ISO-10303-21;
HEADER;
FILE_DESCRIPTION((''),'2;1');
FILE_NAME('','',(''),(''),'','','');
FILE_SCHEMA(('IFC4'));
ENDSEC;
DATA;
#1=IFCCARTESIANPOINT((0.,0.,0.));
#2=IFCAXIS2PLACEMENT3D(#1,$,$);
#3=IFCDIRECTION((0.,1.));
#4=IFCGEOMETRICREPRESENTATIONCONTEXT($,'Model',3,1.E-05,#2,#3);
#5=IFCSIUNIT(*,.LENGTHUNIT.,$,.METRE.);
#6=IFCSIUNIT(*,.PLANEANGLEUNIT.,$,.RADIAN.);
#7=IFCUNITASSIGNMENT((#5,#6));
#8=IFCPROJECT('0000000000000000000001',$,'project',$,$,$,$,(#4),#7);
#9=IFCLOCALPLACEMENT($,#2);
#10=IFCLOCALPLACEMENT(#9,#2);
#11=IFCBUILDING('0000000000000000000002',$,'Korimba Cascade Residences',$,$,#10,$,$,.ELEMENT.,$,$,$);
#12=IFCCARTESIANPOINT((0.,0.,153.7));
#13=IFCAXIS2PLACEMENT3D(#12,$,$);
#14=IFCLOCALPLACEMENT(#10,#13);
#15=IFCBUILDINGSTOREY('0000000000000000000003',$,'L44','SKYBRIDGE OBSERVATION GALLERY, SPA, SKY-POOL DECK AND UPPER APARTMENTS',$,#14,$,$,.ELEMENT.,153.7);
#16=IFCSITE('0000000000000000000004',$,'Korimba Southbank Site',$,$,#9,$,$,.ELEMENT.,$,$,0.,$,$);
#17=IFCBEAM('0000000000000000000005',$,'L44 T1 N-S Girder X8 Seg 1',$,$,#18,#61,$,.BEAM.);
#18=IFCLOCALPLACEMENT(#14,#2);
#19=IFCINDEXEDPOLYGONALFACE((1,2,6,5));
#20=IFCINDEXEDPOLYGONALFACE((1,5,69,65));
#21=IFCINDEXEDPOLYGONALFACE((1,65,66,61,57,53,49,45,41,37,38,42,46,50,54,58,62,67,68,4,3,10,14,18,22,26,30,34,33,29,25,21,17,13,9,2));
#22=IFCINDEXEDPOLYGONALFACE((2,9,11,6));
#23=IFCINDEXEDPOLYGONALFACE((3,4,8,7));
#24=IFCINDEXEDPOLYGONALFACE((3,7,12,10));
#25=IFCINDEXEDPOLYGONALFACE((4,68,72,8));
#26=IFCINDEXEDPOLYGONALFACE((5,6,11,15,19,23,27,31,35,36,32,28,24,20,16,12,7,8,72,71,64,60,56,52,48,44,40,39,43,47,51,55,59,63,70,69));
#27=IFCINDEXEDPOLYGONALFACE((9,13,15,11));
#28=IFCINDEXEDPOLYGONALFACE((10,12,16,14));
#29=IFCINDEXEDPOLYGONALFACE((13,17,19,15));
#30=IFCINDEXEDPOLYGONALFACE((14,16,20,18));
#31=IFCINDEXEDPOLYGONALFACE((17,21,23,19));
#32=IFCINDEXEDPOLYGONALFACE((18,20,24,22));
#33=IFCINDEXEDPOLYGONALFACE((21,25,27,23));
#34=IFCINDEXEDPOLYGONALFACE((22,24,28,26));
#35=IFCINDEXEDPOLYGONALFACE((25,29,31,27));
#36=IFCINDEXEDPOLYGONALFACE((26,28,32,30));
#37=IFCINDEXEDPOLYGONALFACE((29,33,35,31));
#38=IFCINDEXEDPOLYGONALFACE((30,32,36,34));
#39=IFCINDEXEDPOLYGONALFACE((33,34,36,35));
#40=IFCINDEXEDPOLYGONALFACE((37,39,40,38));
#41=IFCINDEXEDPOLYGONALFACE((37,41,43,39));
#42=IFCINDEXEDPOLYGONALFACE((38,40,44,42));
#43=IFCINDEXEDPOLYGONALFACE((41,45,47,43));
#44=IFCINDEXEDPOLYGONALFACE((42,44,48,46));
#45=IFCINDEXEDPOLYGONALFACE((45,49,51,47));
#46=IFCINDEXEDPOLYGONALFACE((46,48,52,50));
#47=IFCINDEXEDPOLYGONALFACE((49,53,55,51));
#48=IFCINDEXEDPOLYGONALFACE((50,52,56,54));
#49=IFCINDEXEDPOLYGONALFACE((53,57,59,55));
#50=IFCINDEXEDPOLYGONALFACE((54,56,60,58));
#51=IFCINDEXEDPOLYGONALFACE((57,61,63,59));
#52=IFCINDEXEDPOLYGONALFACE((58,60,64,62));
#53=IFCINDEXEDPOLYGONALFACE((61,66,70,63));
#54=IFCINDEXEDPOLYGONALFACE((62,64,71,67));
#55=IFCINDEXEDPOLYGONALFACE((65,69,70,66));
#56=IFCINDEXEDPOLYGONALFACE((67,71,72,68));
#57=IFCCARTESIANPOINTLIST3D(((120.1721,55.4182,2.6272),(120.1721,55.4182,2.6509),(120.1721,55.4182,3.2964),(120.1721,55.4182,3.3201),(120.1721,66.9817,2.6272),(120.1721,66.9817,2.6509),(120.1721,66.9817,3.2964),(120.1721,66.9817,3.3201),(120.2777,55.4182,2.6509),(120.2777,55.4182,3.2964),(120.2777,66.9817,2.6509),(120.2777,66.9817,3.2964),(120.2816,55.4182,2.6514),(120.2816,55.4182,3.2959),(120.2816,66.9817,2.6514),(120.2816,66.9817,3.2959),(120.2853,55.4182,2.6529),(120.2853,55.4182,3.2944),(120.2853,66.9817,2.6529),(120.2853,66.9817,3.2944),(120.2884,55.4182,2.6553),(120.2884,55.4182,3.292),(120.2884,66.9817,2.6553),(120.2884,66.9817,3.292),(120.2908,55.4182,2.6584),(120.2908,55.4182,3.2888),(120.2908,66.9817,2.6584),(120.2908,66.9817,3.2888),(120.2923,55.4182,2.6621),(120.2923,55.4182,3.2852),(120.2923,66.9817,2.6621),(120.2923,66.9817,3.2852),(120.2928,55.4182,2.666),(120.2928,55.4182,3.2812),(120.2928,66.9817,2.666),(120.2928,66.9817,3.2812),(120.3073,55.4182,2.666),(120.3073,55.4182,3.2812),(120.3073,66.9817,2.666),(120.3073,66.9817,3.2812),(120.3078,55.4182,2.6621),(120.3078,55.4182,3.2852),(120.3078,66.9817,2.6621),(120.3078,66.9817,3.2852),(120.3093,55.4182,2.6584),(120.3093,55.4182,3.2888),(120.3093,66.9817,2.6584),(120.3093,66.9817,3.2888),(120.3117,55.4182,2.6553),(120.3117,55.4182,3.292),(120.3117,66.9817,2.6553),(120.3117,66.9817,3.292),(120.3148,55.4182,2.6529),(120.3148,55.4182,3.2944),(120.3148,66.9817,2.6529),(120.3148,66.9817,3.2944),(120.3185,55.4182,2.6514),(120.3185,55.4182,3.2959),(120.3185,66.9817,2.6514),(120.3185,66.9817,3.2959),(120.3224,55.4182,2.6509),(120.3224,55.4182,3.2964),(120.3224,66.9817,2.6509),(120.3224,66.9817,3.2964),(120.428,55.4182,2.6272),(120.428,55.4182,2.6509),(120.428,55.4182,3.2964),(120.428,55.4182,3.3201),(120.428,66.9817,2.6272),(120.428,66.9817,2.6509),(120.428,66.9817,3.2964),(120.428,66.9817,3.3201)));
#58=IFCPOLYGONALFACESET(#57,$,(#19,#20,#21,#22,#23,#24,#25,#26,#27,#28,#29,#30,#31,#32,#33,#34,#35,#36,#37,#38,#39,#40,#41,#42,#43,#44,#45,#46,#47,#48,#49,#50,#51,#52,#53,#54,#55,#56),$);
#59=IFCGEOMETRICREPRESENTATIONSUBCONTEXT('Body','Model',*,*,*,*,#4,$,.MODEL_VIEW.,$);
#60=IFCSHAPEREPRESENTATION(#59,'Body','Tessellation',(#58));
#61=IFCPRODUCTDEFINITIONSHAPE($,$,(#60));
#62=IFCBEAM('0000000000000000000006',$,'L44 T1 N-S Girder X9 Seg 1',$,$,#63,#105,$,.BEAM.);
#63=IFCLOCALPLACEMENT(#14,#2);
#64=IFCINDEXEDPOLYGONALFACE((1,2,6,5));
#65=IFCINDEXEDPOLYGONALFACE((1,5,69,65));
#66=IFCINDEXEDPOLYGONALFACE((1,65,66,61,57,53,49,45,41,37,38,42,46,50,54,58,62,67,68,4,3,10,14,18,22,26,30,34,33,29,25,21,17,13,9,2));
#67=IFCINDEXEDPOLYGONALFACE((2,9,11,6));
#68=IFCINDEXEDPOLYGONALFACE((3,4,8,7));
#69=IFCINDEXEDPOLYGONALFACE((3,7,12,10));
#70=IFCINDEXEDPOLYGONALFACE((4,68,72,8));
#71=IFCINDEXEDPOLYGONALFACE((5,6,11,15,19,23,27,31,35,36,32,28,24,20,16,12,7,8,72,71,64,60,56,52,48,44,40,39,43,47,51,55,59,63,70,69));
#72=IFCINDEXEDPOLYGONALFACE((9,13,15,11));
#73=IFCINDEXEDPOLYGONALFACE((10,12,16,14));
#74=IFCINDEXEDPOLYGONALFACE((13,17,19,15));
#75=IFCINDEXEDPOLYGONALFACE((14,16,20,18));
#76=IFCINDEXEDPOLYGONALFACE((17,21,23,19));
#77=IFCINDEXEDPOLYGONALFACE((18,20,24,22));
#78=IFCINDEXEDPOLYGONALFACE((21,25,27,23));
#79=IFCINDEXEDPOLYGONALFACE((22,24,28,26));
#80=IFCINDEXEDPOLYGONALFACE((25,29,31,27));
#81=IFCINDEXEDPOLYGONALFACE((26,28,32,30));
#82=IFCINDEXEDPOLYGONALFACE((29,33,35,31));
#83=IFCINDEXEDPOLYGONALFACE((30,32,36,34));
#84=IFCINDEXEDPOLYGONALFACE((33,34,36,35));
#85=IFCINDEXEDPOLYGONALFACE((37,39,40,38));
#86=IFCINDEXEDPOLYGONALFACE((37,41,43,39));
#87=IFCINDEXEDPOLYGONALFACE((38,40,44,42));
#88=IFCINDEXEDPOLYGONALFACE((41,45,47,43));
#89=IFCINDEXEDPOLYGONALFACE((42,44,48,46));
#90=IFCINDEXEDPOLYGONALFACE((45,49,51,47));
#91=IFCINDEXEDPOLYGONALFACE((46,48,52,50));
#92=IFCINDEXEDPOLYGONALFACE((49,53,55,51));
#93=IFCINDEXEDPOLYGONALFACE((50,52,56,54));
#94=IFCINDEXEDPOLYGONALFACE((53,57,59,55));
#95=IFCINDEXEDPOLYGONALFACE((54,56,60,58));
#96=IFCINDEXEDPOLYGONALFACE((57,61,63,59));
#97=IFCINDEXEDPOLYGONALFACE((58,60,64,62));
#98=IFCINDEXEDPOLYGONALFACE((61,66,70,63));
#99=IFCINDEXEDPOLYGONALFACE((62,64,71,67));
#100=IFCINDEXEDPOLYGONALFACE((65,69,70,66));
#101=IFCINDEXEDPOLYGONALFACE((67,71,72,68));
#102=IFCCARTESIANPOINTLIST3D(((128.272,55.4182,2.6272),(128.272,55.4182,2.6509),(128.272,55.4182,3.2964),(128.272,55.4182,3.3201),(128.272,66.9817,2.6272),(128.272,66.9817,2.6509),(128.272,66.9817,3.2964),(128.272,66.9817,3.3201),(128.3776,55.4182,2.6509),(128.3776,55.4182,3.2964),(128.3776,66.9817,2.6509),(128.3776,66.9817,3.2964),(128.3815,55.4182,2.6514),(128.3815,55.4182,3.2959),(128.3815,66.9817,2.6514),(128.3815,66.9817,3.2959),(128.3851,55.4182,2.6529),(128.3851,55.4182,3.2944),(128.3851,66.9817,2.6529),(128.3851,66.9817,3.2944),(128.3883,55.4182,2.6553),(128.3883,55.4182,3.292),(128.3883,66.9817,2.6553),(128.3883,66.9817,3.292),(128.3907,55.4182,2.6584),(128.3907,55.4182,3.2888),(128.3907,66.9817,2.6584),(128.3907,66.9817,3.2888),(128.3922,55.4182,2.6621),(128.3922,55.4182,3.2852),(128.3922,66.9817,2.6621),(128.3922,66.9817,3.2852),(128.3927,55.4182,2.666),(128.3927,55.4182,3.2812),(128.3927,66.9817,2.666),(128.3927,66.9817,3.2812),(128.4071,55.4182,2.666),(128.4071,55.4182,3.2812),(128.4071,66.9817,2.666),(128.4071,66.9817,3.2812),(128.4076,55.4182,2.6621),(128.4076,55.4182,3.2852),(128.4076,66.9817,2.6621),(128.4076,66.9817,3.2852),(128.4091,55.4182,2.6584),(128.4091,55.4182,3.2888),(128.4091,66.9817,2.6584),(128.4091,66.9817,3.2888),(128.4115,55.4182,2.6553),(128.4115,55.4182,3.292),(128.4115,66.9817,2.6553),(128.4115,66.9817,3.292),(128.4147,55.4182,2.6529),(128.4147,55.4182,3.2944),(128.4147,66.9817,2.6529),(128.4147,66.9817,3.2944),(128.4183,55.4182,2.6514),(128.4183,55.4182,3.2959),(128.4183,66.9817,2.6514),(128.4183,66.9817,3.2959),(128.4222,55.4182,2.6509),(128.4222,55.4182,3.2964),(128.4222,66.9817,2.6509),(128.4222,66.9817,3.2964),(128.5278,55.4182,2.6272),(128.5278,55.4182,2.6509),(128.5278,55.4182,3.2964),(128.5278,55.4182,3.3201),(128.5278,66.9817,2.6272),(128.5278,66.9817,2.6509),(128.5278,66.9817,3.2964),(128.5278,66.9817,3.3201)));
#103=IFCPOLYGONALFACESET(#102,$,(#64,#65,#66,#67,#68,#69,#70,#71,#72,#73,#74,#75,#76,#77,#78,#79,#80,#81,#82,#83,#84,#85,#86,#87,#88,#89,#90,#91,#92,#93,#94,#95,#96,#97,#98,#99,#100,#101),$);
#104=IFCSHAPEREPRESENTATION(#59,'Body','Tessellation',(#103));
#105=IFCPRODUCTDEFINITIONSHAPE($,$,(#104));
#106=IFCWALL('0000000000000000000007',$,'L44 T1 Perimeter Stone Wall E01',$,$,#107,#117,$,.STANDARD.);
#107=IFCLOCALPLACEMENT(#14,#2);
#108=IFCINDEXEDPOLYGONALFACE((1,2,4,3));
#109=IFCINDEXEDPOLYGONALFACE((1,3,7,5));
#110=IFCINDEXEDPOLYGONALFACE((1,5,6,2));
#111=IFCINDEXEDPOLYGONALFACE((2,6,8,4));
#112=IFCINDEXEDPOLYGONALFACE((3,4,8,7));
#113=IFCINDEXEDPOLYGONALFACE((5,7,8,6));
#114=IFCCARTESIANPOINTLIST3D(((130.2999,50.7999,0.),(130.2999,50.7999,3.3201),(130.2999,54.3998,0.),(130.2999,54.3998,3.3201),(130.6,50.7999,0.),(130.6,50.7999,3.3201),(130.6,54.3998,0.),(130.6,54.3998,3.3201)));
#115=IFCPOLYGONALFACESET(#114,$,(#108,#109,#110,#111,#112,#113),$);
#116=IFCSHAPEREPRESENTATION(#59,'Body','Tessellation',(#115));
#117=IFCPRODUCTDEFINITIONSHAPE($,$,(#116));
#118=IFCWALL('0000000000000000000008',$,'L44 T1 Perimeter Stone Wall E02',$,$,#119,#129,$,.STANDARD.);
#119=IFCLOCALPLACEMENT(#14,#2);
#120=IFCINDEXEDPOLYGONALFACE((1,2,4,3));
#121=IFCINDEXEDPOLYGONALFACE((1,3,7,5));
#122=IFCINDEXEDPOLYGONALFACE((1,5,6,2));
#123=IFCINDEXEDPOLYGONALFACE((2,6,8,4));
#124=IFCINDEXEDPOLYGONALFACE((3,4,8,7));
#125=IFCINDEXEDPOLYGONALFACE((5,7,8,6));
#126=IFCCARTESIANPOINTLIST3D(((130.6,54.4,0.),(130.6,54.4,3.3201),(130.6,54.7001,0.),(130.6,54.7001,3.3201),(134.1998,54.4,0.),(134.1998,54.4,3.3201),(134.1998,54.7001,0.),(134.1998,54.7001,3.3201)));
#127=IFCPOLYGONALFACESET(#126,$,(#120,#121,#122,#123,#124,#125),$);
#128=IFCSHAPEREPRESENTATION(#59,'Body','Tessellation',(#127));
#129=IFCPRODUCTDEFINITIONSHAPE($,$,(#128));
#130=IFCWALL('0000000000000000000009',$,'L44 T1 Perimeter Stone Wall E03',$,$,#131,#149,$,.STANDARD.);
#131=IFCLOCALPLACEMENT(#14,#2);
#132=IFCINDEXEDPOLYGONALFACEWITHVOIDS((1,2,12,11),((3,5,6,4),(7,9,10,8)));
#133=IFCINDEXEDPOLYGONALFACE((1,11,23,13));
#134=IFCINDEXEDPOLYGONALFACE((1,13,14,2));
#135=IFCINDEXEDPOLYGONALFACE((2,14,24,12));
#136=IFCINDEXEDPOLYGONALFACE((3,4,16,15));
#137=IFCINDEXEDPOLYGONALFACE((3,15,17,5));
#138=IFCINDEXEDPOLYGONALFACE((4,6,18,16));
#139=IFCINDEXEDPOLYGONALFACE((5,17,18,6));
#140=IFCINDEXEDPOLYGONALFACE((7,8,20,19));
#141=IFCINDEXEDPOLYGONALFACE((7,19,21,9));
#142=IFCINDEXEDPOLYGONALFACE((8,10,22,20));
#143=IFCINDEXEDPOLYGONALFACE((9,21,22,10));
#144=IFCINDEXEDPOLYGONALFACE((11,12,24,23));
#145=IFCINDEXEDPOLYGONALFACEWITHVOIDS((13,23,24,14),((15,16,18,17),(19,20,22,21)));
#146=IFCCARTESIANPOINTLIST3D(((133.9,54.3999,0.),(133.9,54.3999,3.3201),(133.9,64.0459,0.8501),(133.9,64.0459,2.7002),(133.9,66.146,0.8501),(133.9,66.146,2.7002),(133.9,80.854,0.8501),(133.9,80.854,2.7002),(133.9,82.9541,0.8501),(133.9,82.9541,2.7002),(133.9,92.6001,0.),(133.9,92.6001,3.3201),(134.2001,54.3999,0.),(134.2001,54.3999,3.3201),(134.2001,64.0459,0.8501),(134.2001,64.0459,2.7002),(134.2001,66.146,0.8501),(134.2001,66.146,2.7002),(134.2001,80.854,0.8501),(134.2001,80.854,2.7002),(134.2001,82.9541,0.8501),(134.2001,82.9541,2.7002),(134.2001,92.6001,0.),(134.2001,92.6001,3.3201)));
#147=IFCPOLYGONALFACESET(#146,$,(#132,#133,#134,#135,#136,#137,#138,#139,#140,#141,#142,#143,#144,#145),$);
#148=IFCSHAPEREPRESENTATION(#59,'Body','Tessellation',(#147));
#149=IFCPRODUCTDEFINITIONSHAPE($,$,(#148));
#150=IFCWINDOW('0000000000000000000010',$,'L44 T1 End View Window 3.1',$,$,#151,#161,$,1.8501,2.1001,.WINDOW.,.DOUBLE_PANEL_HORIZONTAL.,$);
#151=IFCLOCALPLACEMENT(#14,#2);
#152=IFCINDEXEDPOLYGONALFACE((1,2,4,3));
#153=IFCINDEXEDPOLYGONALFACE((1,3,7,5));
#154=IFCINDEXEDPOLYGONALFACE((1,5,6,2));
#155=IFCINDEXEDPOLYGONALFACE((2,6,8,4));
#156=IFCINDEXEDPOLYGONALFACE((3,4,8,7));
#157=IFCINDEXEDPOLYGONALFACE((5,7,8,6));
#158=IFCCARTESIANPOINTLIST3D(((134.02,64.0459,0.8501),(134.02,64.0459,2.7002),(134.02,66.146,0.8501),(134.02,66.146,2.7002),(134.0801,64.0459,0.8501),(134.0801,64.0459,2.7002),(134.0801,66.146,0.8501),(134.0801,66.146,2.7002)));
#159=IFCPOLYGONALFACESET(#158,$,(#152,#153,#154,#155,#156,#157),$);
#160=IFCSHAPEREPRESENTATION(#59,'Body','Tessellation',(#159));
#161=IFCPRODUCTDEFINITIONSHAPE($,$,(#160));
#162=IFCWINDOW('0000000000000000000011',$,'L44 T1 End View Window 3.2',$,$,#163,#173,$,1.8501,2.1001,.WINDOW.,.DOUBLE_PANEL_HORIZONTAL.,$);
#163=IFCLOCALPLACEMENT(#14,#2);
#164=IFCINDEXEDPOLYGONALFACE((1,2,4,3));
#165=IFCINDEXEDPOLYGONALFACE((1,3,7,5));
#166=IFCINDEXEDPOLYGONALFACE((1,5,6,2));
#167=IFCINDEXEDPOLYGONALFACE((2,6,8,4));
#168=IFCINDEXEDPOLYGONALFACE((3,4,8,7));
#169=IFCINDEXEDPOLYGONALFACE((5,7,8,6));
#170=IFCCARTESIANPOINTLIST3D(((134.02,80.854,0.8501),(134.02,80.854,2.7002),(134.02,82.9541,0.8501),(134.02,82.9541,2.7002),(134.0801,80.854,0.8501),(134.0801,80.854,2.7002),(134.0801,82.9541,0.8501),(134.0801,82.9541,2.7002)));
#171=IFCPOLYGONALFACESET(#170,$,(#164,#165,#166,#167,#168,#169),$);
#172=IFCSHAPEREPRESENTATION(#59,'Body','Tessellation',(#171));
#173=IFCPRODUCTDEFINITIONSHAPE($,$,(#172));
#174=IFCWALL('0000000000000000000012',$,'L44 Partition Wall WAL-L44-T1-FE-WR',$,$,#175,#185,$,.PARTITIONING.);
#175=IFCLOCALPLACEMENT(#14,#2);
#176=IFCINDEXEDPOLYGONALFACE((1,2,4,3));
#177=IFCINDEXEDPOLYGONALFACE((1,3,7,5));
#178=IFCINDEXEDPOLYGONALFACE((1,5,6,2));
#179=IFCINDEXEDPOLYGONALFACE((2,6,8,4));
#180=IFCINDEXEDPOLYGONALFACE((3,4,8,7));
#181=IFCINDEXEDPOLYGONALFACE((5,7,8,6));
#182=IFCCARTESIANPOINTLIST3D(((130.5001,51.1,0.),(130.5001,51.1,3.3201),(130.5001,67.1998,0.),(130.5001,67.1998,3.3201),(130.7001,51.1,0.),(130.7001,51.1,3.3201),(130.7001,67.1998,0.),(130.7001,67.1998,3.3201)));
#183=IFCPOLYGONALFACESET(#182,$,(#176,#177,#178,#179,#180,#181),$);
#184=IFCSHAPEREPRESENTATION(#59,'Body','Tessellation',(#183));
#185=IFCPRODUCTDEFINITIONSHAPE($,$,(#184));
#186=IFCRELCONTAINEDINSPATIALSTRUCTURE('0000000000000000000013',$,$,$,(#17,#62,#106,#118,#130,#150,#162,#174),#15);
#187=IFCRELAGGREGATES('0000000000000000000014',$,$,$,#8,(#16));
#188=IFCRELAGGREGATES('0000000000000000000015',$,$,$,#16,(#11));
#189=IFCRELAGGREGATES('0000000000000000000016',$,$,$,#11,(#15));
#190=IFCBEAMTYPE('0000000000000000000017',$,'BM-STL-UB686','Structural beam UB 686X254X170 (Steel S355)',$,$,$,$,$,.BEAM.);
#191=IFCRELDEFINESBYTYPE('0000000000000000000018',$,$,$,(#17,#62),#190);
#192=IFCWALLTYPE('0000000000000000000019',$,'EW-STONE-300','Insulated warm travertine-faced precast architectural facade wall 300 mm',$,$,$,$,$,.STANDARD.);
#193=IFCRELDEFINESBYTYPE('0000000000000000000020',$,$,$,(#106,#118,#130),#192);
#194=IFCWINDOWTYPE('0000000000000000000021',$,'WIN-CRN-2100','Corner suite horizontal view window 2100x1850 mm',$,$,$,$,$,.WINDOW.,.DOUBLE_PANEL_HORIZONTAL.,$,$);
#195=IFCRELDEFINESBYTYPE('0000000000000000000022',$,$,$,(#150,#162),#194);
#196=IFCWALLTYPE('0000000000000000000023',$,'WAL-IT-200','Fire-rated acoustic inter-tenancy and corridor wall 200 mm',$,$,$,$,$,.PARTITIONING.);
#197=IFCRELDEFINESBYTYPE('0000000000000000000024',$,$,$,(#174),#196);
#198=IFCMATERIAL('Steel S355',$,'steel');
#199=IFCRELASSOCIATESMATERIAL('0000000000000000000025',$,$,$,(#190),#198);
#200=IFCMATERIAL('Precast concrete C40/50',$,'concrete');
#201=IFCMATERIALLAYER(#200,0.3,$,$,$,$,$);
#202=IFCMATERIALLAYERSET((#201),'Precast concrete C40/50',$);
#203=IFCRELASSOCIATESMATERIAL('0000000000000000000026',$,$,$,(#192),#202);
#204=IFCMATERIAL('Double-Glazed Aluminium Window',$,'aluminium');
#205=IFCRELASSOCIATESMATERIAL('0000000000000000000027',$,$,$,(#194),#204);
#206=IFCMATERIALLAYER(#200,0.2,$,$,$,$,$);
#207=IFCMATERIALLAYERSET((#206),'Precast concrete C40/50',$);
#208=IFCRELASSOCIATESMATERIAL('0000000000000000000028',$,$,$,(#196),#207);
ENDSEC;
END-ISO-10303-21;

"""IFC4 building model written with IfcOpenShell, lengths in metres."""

from ifc_helpers import new_model, si_unit, direction, frame, frame_2d, origin, origin_2d, place, context, subcontext, project, spatial, rectangle, i_section, extrude, material, layer, layer_set, material_profile, profile_set, type_object, element, fill, save


model = new_model("IFC4")

# Units and contexts
model_context = context("Model", 3, precision=1e-05, world=origin(), true_north=direction((0.0, 1.0)))
body_context = subcontext(model_context, "Body", "Model", "MODEL_VIEW")
ifc_project = project(units=[si_unit("LENGTHUNIT", "METRE"), si_unit("PLANEANGLEUNIT", "RADIAN")], contexts=[model_context])

# Site, building, storey
site_placement = place(None, origin())
site = spatial("IfcSite", under=ifc_project, at=site_placement, Name="Korimba Southbank Site", CompositionType="ELEMENT", RefElevation=0.0)
building_placement = place(site_placement, origin())
building = spatial("IfcBuilding", under=site, at=building_placement, Name="Korimba Cascade Residences", CompositionType="ELEMENT")
storey_placement = place(building_placement, frame((0.0, 0.0, 153.7)))
storey = spatial("IfcBuildingStorey", under=building, at=storey_placement, Name="L44", Description="SKYBRIDGE OBSERVATION GALLERY, SPA, SKY-POOL DECK AND UPPER APARTMENTS", CompositionType="ELEMENT", Elevation=153.7)

# Beams
ifc_material_1 = material(Name="Steel S355", Category="steel")
ifc_material_profile_1 = material_profile(ifc_material_1, i_section(OverallWidth=0.2559, OverallDepth=0.6929, WebThickness=0.0144, FlangeThickness=0.0237, FilletRadius=0.0151, at=origin_2d()), Name="Steel S355")
ifc_profile_set_1 = profile_set([ifc_material_profile_1], Name="Steel S355")
beam_type_1 = type_object("IfcBeamType", Name="BM-STL-UB686", Description="Structural beam UB 686X254X170 (Steel S355)", PredefinedType="BEAM", material=ifc_profile_set_1)
for number, where, z_axis, x_axis, name in (
    (1, (120.3, 55.4182, 2.9736), (0.0, 1.0, 0.0), (-1.0, 0.0, 0.0), "L44 T1 N-S Girder X8 Seg 1"),
    (2, (128.3999, 55.4182, 2.9736), (0.0, 1.0, 0.0), (-1.0, 0.0, 0.0), "L44 T1 N-S Girder X9 Seg 1"),
):
    element("IfcBeam", number, at=place(storey_placement, frame(where, z_axis=z_axis, x_axis=x_axis)), inside=storey, type_object=beam_type_1, Name=name, PredefinedType="BEAM", context=body_context, shape_type="SweptSolid", body=[
        extrude(i_section(OverallWidth=0.2559, OverallDepth=0.6929, WebThickness=0.0144, FlangeThickness=0.0237, FilletRadius=0.0151, at=origin_2d()), origin(), (0.0, 0.0, 1.0), 11.5635),
    ])

# Walls
ifc_material_2 = material(Name="Precast concrete C40/50", Category="concrete")
ifc_layer_1 = layer(ifc_material_2, 0.3)
ifc_layer_set_1 = layer_set([ifc_layer_1], Name="Precast concrete C40/50")
wall_type_1 = type_object("IfcWallType", Name="EW-STONE-300", Description="Insulated warm travertine-faced precast architectural facade wall 300 mm", PredefinedType="STANDARD", material=ifc_layer_set_1)
for number, where, z_axis, x_axis, name in (
    (3, (130.45, 50.8, 0.0), (0.0, 0.0, 1.0), (0.0, 1.0, 0.0), "L44 T1 Perimeter Stone Wall E01"),
    (4, (130.6001, 54.55, 0.0), (0.0, 0.0, 1.0), (1.0, 0.0, 0.0), "L44 T1 Perimeter Stone Wall E02"),
):
    element("IfcWall", number, at=place(storey_placement, frame(where, z_axis=z_axis, x_axis=x_axis)), inside=storey, type_object=wall_type_1, Name=name, PredefinedType="STANDARD", context=body_context, shape_type="SweptSolid", body=[
        extrude(rectangle(XDim=3.5999, YDim=0.3, at=frame_2d((1.7998, 0.0))), origin(), (0.0, 0.0, 1.0), 3.3201),
    ])

# Wall, openings, windows
wall_1_placement = place(storey_placement, frame((134.05, 54.3999, 0.0), z_axis=(0.0, 0.0, 1.0), x_axis=(0.0, 1.0, 0.0)))
wall_1 = element("IfcWall", 5, at=wall_1_placement, inside=storey, type_object=wall_type_1, Name="L44 T1 Perimeter Stone Wall E03", PredefinedType="STANDARD", context=body_context, shape_type="SweptSolid", body=[
    extrude(rectangle(XDim=38.2002, YDim=0.3, at=frame_2d((19.1001, 0.0))), origin(), (0.0, 0.0, 1.0), 3.3201),
])
opening_1_placement = place(wall_1_placement, frame((9.646, 0.0, 0.8501)))
opening_1 = element("IfcOpeningElement", 6, at=opening_1_placement, cuts=wall_1, PredefinedType="OPENING", context=body_context, shape_type="SweptSolid", body=[
    extrude(rectangle(XDim=2.1001, YDim=1.8501, at=frame_2d((1.05, 0.925))), frame((0.0, 0.1602, 0.0), z_axis=(0.0, -1.0, 0.0), x_axis=(1.0, 0.0, 0.0)), (0.0, 0.0, 1.0), 0.3201),
])
opening_2_placement = place(wall_1_placement, frame((26.4541, 0.0, 0.8501)))
opening_2 = element("IfcOpeningElement", 7, at=opening_2_placement, cuts=wall_1, PredefinedType="OPENING", context=body_context, shape_type="SweptSolid", body=[
    extrude(rectangle(XDim=2.1001, YDim=1.8501, at=frame_2d((1.05, 0.925))), frame((0.0, 0.1602, 0.0), z_axis=(0.0, -1.0, 0.0), x_axis=(1.0, 0.0, 0.0)), (0.0, 0.0, 1.0), 0.3201),
])
ifc_material_3 = material(Name="Double-Glazed Aluminium Window", Category="aluminium")
window_type = type_object("IfcWindowType", Name="WIN-CRN-2100", Description="Corner suite horizontal view window 2100x1850 mm", PartitioningType="DOUBLE_PANEL_HORIZONTAL", PredefinedType="WINDOW", material=ifc_material_3)
window_1_placement = place(opening_1_placement, origin())
window_1 = element("IfcWindow", 8, at=window_1_placement, inside=storey, type_object=window_type, Name="L44 T1 End View Window 3.1", OverallHeight=1.8501, OverallWidth=2.1001, PartitioningType="DOUBLE_PANEL_HORIZONTAL", PredefinedType="WINDOW", context=body_context, shape_type="SweptSolid", body=[
    extrude(rectangle(XDim=2.1001, YDim=1.8501, at=frame_2d((1.05, 0.925))), frame((0.0, 0.03, 0.0), z_axis=(0.0, -1.0, 0.0), x_axis=(1.0, 0.0, 0.0)), (0.0, 0.0, 1.0), 0.0601),
])
fill(opening_1, window_1)
window_2_placement = place(opening_2_placement, origin())
window_2 = element("IfcWindow", 9, at=window_2_placement, inside=storey, type_object=window_type, Name="L44 T1 End View Window 3.2", OverallHeight=1.8501, OverallWidth=2.1001, PartitioningType="DOUBLE_PANEL_HORIZONTAL", PredefinedType="WINDOW", context=body_context, shape_type="SweptSolid", body=[
    extrude(rectangle(XDim=2.1001, YDim=1.8501, at=frame_2d((1.05, 0.925))), frame((0.0, 0.03, 0.0), z_axis=(0.0, -1.0, 0.0), x_axis=(1.0, 0.0, 0.0)), (0.0, 0.0, 1.0), 0.0601),
])
fill(opening_2, window_2)

# Wall
ifc_layer_2 = layer(ifc_material_2, 0.2)
ifc_layer_set_2 = layer_set([ifc_layer_2], Name="Precast concrete C40/50")
wall_type_2 = type_object("IfcWallType", Name="WAL-IT-200", Description="Fire-rated acoustic inter-tenancy and corridor wall 200 mm", PredefinedType="PARTITIONING", material=ifc_layer_set_2)
wall_2_placement = place(storey_placement, frame((130.6001, 51.1001, 0.0), z_axis=(0.0, 0.0, 1.0), x_axis=(0.0, 1.0, 0.0)))
element("IfcWall", 10, at=wall_2_placement, inside=storey, type_object=wall_type_2, Name="L44 Partition Wall WAL-L44-T1-FE-WR", PredefinedType="PARTITIONING", context=body_context, shape_type="SweptSolid", body=[
    extrude(rectangle(XDim=16.0999, YDim=0.2, at=frame_2d((8.0498, 0.0))), origin(), (0.0, 0.0, 1.0), 3.3201),
])

save(model, "model.ifc")
